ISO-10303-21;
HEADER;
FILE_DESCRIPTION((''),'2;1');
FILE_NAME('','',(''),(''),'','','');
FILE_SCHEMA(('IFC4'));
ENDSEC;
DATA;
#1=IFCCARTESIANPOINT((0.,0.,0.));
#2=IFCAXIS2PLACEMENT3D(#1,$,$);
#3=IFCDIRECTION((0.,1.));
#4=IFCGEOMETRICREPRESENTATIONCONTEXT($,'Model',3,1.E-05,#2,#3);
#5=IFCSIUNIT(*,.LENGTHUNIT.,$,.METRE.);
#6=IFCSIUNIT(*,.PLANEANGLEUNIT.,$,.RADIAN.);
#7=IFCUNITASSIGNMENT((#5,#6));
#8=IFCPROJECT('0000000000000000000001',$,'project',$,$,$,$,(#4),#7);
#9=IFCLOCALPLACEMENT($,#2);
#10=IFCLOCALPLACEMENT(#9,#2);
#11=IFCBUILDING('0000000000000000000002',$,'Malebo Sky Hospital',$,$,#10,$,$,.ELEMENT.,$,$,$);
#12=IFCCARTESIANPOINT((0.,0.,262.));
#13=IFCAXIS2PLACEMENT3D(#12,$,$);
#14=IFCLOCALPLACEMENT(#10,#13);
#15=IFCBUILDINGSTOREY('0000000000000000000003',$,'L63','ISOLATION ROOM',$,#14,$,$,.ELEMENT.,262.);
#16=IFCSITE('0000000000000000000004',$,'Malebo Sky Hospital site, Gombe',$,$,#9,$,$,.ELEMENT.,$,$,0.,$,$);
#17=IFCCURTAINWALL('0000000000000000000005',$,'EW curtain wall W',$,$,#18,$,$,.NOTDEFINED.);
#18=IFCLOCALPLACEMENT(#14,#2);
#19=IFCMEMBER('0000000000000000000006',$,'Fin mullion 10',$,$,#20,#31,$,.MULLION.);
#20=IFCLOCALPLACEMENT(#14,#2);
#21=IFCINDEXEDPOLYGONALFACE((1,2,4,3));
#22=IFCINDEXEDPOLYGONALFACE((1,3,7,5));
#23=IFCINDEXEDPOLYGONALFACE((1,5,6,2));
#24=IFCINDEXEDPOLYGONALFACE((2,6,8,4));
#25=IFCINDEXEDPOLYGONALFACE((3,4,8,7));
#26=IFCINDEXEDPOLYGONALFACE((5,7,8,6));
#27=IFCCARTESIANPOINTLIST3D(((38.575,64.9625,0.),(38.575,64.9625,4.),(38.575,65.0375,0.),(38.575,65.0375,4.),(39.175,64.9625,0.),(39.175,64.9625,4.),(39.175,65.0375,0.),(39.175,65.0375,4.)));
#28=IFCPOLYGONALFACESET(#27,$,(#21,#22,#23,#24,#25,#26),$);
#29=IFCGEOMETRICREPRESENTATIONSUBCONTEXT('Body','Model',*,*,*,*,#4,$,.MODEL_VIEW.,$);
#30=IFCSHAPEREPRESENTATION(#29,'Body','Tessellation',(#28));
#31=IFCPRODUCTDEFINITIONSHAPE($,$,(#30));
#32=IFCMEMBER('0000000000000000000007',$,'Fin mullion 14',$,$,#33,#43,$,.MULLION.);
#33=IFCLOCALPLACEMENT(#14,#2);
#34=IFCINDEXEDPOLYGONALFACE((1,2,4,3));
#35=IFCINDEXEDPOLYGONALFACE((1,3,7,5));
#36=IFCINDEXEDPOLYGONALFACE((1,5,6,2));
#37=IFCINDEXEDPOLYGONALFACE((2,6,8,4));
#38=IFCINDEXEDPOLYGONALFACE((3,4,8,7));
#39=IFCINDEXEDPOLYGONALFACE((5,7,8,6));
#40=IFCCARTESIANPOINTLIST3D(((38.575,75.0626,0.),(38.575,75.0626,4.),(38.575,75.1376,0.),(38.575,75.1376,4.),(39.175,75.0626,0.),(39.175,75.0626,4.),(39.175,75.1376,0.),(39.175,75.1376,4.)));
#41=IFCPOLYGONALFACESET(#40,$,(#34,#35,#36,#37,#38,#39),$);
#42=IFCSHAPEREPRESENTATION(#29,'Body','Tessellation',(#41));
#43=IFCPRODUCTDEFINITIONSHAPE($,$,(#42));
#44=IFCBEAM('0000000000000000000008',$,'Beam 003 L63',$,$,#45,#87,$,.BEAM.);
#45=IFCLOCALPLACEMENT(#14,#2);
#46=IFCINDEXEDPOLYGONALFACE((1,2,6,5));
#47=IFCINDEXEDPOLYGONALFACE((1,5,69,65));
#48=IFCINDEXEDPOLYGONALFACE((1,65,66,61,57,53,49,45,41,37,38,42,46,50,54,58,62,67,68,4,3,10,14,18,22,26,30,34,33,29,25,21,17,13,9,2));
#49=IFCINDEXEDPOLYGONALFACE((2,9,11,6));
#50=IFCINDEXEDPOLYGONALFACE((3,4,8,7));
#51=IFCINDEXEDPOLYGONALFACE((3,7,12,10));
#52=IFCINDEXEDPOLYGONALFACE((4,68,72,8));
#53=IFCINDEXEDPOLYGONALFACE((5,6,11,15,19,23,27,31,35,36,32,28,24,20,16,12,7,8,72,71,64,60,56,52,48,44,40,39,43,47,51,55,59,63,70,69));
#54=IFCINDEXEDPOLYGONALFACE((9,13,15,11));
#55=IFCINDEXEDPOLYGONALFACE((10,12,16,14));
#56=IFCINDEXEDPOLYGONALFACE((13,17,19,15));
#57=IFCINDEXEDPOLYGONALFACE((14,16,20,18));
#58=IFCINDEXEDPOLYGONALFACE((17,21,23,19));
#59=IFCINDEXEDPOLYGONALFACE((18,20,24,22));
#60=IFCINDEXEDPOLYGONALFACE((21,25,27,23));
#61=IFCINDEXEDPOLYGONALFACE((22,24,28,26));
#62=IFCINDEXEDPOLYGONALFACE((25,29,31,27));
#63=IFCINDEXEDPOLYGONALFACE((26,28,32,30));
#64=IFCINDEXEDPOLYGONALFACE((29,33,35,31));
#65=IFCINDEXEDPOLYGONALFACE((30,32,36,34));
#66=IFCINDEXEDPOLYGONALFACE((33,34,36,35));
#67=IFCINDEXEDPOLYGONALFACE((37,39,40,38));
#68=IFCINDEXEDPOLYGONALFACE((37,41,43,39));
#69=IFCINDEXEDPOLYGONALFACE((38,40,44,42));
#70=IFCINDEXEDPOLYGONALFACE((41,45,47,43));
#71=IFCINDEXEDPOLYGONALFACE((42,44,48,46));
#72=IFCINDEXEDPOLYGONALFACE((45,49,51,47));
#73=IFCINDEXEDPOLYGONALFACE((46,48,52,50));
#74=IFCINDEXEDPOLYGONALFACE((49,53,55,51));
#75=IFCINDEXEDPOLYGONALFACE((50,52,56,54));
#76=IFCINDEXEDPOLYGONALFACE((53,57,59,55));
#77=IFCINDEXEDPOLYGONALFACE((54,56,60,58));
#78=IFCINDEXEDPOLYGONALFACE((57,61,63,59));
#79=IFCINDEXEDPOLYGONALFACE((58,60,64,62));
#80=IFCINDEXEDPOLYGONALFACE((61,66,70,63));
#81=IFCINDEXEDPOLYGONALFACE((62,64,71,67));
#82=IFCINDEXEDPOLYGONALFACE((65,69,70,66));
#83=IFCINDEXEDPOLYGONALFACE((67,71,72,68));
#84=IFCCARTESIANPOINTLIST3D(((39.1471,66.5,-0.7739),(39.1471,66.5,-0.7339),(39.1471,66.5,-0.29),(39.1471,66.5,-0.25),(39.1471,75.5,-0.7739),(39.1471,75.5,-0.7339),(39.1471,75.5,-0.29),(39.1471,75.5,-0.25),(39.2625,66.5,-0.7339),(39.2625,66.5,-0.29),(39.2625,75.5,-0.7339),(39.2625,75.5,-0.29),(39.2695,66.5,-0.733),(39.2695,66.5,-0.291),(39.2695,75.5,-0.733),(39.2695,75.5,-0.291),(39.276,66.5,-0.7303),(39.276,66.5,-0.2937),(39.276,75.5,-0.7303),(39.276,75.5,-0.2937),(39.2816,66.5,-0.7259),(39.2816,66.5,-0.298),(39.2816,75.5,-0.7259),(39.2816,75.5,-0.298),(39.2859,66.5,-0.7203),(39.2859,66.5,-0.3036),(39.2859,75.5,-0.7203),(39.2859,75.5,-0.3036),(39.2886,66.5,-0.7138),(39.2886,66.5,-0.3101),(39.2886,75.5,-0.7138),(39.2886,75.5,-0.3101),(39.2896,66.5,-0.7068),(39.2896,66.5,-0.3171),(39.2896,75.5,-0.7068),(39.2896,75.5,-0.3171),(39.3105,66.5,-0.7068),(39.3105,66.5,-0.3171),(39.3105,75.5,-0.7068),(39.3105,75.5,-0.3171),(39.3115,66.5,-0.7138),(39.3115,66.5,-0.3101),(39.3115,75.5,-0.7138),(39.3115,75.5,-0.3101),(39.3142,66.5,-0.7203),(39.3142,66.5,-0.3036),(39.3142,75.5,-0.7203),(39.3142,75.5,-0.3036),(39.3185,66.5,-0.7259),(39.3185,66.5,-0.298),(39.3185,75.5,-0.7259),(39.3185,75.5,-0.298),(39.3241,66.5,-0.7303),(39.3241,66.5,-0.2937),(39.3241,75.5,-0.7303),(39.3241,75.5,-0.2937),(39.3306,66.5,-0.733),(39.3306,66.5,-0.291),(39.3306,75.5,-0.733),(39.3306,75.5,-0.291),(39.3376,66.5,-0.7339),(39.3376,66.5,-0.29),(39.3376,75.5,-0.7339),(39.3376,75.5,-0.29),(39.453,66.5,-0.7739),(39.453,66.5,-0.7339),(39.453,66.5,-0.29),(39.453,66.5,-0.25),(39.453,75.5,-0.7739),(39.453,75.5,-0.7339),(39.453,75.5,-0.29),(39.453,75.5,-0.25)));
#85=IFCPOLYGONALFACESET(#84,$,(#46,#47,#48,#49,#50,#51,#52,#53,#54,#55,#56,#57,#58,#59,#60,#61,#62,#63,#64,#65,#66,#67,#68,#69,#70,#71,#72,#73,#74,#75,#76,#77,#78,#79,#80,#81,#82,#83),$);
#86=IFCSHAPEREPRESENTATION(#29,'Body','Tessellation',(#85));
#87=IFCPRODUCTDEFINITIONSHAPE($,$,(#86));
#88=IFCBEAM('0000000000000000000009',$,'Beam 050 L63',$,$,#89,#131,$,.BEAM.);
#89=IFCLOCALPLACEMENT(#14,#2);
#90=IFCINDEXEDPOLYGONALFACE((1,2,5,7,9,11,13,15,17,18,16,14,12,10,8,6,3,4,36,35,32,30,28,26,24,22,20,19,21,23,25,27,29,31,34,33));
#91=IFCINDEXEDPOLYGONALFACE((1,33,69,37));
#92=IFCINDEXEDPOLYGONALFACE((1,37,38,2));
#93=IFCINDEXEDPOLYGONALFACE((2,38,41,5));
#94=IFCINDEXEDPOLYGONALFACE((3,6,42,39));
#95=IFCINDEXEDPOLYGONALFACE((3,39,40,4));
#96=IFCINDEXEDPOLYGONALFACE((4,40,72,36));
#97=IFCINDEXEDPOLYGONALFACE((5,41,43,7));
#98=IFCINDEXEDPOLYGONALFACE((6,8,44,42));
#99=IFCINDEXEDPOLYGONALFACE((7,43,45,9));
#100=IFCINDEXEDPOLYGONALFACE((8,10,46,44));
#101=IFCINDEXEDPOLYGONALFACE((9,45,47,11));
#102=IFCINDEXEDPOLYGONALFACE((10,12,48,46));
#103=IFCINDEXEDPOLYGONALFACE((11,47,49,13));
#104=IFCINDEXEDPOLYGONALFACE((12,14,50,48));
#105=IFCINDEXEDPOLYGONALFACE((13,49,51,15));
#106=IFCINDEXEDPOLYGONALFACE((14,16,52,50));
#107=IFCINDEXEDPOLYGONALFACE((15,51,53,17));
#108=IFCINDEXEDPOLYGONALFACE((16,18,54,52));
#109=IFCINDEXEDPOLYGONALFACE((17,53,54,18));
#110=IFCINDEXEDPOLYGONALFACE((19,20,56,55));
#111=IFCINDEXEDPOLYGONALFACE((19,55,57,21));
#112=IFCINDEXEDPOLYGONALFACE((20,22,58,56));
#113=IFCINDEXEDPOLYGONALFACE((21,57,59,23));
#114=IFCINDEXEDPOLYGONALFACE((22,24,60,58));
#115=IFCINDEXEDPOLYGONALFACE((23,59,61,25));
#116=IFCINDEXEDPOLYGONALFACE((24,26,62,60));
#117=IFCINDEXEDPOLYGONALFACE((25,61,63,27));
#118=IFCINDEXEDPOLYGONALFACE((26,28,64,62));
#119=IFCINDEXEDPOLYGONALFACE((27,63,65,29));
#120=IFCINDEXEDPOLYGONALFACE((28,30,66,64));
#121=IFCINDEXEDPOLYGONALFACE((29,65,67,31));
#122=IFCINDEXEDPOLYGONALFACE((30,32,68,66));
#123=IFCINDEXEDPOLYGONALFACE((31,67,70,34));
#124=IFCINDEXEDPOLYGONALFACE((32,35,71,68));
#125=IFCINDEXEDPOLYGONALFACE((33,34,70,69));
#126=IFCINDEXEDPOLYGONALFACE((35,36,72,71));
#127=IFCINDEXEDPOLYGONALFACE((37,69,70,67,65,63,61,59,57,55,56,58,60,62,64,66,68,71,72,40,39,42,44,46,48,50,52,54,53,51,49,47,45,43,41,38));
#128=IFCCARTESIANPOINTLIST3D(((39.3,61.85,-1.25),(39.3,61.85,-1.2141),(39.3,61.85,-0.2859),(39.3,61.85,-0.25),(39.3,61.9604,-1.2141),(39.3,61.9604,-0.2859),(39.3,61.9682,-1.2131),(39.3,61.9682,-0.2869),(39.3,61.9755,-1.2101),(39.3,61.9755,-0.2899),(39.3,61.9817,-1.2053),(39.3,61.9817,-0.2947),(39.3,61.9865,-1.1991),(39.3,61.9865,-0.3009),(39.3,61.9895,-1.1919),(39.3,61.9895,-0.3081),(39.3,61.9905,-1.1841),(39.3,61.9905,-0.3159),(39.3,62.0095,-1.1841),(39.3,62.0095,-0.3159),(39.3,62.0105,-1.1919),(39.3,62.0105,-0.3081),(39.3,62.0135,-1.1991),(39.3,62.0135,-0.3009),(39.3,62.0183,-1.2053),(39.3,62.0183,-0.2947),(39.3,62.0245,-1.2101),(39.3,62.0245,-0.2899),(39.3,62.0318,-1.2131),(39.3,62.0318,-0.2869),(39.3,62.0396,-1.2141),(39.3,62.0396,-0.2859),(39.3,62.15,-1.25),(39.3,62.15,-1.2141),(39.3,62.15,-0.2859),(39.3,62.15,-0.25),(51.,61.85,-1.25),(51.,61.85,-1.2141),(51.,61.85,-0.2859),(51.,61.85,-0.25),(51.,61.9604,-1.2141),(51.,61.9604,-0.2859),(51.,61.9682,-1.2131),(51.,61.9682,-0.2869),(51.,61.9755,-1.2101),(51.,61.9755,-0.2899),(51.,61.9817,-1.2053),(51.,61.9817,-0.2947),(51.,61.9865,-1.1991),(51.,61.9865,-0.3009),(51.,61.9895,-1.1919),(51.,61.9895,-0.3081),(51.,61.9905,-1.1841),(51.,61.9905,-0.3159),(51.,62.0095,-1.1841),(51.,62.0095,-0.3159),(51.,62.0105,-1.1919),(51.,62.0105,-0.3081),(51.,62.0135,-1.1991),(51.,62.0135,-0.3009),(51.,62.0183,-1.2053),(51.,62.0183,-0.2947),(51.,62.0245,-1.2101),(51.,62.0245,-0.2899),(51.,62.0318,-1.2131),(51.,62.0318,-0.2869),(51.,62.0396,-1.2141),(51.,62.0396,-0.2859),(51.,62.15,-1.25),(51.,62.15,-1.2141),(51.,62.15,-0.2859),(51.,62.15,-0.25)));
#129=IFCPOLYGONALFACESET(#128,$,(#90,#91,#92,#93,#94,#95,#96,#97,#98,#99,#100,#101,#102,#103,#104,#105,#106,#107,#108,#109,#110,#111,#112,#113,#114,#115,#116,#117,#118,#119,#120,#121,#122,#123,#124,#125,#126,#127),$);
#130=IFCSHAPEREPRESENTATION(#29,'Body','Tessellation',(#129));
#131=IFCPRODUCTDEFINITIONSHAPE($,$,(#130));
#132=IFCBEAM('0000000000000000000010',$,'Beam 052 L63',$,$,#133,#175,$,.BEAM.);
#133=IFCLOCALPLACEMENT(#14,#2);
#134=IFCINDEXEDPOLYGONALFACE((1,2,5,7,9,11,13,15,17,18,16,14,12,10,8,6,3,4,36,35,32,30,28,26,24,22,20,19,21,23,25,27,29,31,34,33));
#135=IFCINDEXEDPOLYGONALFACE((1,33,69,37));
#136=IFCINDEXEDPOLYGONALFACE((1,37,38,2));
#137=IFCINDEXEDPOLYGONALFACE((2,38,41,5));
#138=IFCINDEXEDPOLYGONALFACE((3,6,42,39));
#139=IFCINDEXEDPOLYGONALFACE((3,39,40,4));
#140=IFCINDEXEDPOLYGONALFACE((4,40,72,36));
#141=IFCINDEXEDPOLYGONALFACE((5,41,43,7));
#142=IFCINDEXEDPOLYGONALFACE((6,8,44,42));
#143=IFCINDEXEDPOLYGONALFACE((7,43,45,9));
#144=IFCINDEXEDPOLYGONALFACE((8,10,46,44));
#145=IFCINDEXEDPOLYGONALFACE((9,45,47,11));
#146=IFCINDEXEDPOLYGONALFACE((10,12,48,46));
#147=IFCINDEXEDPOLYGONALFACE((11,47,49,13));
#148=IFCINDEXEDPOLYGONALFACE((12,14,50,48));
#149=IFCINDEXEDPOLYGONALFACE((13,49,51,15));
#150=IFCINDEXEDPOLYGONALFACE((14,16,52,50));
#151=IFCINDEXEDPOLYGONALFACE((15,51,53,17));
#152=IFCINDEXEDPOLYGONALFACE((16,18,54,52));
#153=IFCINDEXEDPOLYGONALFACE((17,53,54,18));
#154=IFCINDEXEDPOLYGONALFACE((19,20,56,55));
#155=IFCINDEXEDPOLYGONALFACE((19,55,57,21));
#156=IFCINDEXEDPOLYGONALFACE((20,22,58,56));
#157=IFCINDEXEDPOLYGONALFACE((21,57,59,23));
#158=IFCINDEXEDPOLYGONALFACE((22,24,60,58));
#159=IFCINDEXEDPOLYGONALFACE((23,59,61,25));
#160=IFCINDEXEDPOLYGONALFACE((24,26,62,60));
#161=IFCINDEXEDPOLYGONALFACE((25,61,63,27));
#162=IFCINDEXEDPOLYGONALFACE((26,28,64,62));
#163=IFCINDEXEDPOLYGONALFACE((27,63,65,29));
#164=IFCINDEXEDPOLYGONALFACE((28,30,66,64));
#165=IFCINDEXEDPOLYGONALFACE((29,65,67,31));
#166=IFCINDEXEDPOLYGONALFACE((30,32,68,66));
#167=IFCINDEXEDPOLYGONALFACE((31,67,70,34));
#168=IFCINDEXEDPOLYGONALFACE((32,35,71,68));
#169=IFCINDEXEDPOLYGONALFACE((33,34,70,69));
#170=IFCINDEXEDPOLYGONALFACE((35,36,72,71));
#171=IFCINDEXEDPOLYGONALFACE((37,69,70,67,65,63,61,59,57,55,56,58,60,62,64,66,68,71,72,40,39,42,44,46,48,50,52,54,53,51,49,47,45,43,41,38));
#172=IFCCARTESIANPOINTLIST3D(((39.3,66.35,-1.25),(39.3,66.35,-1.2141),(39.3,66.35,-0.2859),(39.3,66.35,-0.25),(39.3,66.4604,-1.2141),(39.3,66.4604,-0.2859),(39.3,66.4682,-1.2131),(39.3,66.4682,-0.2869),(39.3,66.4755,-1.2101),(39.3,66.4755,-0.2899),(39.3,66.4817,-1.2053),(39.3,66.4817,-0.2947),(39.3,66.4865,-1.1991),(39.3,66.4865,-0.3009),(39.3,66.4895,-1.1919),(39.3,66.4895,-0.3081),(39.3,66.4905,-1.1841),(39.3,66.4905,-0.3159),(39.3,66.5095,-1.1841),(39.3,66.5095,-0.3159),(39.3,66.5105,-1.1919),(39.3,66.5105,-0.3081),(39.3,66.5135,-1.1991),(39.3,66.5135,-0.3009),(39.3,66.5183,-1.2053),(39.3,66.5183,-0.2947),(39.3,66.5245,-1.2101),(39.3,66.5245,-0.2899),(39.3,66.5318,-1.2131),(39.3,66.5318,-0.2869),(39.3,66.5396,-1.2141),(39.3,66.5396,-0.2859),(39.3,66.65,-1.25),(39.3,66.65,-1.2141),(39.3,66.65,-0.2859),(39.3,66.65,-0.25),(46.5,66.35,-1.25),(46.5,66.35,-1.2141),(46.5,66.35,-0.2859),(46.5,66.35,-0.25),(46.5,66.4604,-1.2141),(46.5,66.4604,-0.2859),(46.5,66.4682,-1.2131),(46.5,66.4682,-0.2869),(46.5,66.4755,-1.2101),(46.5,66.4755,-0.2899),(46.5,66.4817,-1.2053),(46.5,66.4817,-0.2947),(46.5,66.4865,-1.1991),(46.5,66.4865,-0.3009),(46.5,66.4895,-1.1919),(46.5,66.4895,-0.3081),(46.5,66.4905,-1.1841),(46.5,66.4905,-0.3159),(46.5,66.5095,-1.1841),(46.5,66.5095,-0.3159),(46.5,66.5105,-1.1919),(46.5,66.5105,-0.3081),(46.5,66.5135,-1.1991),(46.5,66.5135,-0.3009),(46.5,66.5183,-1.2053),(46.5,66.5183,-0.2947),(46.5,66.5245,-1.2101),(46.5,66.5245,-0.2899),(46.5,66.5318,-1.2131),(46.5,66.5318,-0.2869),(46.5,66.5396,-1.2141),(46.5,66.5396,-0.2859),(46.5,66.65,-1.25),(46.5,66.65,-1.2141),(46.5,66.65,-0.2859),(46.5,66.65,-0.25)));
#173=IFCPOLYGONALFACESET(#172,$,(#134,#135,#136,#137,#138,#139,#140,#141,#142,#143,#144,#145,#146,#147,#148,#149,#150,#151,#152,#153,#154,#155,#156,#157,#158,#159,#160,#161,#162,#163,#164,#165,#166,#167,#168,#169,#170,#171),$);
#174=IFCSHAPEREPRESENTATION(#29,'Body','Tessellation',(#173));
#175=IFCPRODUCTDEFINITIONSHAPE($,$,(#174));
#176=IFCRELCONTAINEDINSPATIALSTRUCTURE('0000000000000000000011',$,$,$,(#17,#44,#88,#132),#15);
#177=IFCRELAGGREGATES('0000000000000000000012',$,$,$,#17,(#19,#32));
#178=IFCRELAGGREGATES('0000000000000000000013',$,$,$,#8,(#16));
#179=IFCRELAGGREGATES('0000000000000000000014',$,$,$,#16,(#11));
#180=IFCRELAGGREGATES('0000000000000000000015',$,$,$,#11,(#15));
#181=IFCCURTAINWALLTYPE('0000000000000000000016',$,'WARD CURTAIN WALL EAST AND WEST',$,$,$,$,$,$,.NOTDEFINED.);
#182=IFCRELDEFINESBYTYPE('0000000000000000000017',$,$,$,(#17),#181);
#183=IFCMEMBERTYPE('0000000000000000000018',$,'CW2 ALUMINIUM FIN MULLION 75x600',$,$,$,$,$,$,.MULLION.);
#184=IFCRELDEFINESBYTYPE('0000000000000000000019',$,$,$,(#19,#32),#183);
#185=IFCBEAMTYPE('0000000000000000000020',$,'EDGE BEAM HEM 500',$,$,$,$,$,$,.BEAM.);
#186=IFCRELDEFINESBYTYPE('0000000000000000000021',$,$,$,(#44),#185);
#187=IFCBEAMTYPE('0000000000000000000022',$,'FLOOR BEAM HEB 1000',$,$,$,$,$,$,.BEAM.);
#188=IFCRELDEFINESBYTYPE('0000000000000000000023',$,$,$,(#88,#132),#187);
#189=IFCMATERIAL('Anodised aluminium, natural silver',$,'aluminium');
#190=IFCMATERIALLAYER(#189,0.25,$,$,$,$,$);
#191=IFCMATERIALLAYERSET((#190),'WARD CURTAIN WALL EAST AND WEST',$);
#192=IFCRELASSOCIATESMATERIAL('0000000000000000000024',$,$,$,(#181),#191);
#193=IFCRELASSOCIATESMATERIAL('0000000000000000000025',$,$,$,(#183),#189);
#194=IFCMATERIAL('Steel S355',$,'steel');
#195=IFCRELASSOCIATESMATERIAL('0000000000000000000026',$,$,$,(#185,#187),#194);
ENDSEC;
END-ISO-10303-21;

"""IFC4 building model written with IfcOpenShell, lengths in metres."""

from ifc_helpers import new_model, si_unit, direction, frame, origin, origin_2d, place, context, subcontext, project, spatial, rectangle, i_section, extrude, material, layer, layer_set, material_profile, profile_set, type_object, element, aggregate, save


model = new_model("IFC4")

# Units and contexts
model_context = context("Model", 3, precision=1e-05, world=origin(), true_north=direction((0.0, 1.0)))
body_context = subcontext(model_context, "Body", "Model", "MODEL_VIEW")
ifc_project = project(units=[si_unit("LENGTHUNIT", "METRE"), si_unit("PLANEANGLEUNIT", "RADIAN")], contexts=[model_context])

# Site, building, storey
site_placement = place(None, origin())
site = spatial("IfcSite", under=ifc_project, at=site_placement, Name="Malebo Sky Hospital site, Gombe", CompositionType="ELEMENT", RefElevation=0.0)
building_placement = place(site_placement, origin())
building = spatial("IfcBuilding", under=site, at=building_placement, Name="Malebo Sky Hospital", CompositionType="ELEMENT")
storey_placement = place(building_placement, frame((0.0, 0.0, 262.0)))
storey = spatial("IfcBuildingStorey", under=building, at=storey_placement, Name="L63", Description="ISOLATION ROOM", CompositionType="ELEMENT", Elevation=262.0)

# Curtain wall
ifc_material_1 = material(Name="Anodised aluminium, natural silver", Category="aluminium")
ifc_layer_1 = layer(ifc_material_1, 0.25)
ifc_layer_set_1 = layer_set([ifc_layer_1], Name="WARD CURTAIN WALL EAST AND WEST")
curtain_wall_type = type_object("IfcCurtainWallType", Name="WARD CURTAIN WALL EAST AND WEST", PredefinedType="NOTDEFINED", material=ifc_layer_set_1)
curtain_wall_placement = place(storey_placement, origin())
curtain_wall = element("IfcCurtainWall", 1, at=curtain_wall_placement, inside=storey, type_object=curtain_wall_type, Name="EW curtain wall W", PredefinedType="NOTDEFINED")

# Members
ifc_material_2 = material(Name="Steel S355", Category="steel")
ifc_material_profile_1 = material_profile(ifc_material_1, rectangle(XDim=0.075, YDim=0.6001, at=origin_2d()), Name="CW2 ALUMINIUM FIN MULLION 75x600")
ifc_profile_set_1 = profile_set([ifc_material_profile_1], Name="Anodised aluminium, natural silver")
member_type_1 = type_object("IfcMemberType", Name="CW2 ALUMINIUM FIN MULLION 75x600", PredefinedType="MULLION", material=ifc_profile_set_1)
member_1_placement = place(storey_placement, frame((38.875, 65.0, 0.0), z_axis=(0.0, 0.0, 1.0), x_axis=(0.0, 1.0, 0.0)))
member_1 = element("IfcMember", 2, at=member_1_placement, type_object=member_type_1, Name="Fin mullion 10", PredefinedType="MULLION", context=body_context, shape_type="SweptSolid", body=[
    extrude(rectangle(XDim=0.075, YDim=0.6001, at=origin_2d()), origin(), (0.0, 0.0, 1.0), 4.0),
])
member_2_placement = place(storey_placement, frame((38.875, 75.1001, 0.0), z_axis=(0.0, 0.0, 1.0), x_axis=(0.0, 1.0, 0.0)))
member_2 = element("IfcMember", 3, at=member_2_placement, type_object=member_type_1, Name="Fin mullion 14", PredefinedType="MULLION", context=body_context, shape_type="SweptSolid", body=[
    extrude(rectangle(XDim=0.075, YDim=0.6001, at=origin_2d()), origin(), (0.0, 0.0, 1.0), 4.0),
])

# Beams
ifc_material_profile_2 = material_profile(ifc_material_2, i_section(OverallWidth=0.3059, OverallDepth=0.5239, WebThickness=0.021, FlangeThickness=0.04, FilletRadius=0.0271, at=origin_2d()), Name="HEM 500")
ifc_profile_set_2 = profile_set([ifc_material_profile_2], Name="Steel S355")
beam_type_1 = type_object("IfcBeamType", Name="EDGE BEAM HEM 500", PredefinedType="BEAM", material=ifc_profile_set_2)
beam_1_placement = place(storey_placement, frame((39.3, 66.5, -0.512), z_axis=(0.0, 1.0, 0.0), x_axis=(-1.0, 0.0, 0.0)))
element("IfcBeam", 4, at=beam_1_placement, inside=storey, type_object=beam_type_1, Name="Beam 003 L63", PredefinedType="BEAM", context=body_context, shape_type="SweptSolid", body=[
    extrude(i_section(OverallWidth=0.3059, OverallDepth=0.5239, WebThickness=0.021, FlangeThickness=0.04, FilletRadius=0.0271, at=origin_2d()), origin(), (0.0, 0.0, 1.0), 9.0),
])
ifc_material_profile_3 = material_profile(ifc_material_2, i_section(OverallWidth=0.3, OverallDepth=1.0, WebThickness=0.019, FlangeThickness=0.0359, FilletRadius=0.03, at=origin_2d()), Name="HEB 1000")
ifc_profile_set_3 = profile_set([ifc_material_profile_3], Name="Steel S355")
beam_type_2 = type_object("IfcBeamType", Name="FLOOR BEAM HEB 1000", PredefinedType="BEAM", material=ifc_profile_set_3)
beam_2_placement = place(storey_placement, frame((39.3, 62.0, -0.75), z_axis=(1.0, 0.0, 0.0), x_axis=(0.0, 1.0, 0.0)))
element("IfcBeam", 5, at=beam_2_placement, inside=storey, type_object=beam_type_2, Name="Beam 050 L63", PredefinedType="BEAM", context=body_context, shape_type="SweptSolid", body=[
    extrude(i_section(OverallWidth=0.3, OverallDepth=1.0, WebThickness=0.019, FlangeThickness=0.0359, FilletRadius=0.03, at=origin_2d()), origin(), (0.0, 0.0, 1.0), 11.7),
])
beam_3_placement = place(storey_placement, frame((39.3, 66.5, -0.75), z_axis=(1.0, 0.0, 0.0), x_axis=(0.0, 1.0, 0.0)))
element("IfcBeam", 6, at=beam_3_placement, inside=storey, type_object=beam_type_2, Name="Beam 052 L63", PredefinedType="BEAM", context=body_context, shape_type="SweptSolid", body=[
    extrude(i_section(OverallWidth=0.3, OverallDepth=1.0, WebThickness=0.019, FlangeThickness=0.0359, FilletRadius=0.03, at=origin_2d()), origin(), (0.0, 0.0, 1.0), 7.2),
])

aggregate(curtain_wall, [member_1, member_2])

save(model, "model.ifc")
